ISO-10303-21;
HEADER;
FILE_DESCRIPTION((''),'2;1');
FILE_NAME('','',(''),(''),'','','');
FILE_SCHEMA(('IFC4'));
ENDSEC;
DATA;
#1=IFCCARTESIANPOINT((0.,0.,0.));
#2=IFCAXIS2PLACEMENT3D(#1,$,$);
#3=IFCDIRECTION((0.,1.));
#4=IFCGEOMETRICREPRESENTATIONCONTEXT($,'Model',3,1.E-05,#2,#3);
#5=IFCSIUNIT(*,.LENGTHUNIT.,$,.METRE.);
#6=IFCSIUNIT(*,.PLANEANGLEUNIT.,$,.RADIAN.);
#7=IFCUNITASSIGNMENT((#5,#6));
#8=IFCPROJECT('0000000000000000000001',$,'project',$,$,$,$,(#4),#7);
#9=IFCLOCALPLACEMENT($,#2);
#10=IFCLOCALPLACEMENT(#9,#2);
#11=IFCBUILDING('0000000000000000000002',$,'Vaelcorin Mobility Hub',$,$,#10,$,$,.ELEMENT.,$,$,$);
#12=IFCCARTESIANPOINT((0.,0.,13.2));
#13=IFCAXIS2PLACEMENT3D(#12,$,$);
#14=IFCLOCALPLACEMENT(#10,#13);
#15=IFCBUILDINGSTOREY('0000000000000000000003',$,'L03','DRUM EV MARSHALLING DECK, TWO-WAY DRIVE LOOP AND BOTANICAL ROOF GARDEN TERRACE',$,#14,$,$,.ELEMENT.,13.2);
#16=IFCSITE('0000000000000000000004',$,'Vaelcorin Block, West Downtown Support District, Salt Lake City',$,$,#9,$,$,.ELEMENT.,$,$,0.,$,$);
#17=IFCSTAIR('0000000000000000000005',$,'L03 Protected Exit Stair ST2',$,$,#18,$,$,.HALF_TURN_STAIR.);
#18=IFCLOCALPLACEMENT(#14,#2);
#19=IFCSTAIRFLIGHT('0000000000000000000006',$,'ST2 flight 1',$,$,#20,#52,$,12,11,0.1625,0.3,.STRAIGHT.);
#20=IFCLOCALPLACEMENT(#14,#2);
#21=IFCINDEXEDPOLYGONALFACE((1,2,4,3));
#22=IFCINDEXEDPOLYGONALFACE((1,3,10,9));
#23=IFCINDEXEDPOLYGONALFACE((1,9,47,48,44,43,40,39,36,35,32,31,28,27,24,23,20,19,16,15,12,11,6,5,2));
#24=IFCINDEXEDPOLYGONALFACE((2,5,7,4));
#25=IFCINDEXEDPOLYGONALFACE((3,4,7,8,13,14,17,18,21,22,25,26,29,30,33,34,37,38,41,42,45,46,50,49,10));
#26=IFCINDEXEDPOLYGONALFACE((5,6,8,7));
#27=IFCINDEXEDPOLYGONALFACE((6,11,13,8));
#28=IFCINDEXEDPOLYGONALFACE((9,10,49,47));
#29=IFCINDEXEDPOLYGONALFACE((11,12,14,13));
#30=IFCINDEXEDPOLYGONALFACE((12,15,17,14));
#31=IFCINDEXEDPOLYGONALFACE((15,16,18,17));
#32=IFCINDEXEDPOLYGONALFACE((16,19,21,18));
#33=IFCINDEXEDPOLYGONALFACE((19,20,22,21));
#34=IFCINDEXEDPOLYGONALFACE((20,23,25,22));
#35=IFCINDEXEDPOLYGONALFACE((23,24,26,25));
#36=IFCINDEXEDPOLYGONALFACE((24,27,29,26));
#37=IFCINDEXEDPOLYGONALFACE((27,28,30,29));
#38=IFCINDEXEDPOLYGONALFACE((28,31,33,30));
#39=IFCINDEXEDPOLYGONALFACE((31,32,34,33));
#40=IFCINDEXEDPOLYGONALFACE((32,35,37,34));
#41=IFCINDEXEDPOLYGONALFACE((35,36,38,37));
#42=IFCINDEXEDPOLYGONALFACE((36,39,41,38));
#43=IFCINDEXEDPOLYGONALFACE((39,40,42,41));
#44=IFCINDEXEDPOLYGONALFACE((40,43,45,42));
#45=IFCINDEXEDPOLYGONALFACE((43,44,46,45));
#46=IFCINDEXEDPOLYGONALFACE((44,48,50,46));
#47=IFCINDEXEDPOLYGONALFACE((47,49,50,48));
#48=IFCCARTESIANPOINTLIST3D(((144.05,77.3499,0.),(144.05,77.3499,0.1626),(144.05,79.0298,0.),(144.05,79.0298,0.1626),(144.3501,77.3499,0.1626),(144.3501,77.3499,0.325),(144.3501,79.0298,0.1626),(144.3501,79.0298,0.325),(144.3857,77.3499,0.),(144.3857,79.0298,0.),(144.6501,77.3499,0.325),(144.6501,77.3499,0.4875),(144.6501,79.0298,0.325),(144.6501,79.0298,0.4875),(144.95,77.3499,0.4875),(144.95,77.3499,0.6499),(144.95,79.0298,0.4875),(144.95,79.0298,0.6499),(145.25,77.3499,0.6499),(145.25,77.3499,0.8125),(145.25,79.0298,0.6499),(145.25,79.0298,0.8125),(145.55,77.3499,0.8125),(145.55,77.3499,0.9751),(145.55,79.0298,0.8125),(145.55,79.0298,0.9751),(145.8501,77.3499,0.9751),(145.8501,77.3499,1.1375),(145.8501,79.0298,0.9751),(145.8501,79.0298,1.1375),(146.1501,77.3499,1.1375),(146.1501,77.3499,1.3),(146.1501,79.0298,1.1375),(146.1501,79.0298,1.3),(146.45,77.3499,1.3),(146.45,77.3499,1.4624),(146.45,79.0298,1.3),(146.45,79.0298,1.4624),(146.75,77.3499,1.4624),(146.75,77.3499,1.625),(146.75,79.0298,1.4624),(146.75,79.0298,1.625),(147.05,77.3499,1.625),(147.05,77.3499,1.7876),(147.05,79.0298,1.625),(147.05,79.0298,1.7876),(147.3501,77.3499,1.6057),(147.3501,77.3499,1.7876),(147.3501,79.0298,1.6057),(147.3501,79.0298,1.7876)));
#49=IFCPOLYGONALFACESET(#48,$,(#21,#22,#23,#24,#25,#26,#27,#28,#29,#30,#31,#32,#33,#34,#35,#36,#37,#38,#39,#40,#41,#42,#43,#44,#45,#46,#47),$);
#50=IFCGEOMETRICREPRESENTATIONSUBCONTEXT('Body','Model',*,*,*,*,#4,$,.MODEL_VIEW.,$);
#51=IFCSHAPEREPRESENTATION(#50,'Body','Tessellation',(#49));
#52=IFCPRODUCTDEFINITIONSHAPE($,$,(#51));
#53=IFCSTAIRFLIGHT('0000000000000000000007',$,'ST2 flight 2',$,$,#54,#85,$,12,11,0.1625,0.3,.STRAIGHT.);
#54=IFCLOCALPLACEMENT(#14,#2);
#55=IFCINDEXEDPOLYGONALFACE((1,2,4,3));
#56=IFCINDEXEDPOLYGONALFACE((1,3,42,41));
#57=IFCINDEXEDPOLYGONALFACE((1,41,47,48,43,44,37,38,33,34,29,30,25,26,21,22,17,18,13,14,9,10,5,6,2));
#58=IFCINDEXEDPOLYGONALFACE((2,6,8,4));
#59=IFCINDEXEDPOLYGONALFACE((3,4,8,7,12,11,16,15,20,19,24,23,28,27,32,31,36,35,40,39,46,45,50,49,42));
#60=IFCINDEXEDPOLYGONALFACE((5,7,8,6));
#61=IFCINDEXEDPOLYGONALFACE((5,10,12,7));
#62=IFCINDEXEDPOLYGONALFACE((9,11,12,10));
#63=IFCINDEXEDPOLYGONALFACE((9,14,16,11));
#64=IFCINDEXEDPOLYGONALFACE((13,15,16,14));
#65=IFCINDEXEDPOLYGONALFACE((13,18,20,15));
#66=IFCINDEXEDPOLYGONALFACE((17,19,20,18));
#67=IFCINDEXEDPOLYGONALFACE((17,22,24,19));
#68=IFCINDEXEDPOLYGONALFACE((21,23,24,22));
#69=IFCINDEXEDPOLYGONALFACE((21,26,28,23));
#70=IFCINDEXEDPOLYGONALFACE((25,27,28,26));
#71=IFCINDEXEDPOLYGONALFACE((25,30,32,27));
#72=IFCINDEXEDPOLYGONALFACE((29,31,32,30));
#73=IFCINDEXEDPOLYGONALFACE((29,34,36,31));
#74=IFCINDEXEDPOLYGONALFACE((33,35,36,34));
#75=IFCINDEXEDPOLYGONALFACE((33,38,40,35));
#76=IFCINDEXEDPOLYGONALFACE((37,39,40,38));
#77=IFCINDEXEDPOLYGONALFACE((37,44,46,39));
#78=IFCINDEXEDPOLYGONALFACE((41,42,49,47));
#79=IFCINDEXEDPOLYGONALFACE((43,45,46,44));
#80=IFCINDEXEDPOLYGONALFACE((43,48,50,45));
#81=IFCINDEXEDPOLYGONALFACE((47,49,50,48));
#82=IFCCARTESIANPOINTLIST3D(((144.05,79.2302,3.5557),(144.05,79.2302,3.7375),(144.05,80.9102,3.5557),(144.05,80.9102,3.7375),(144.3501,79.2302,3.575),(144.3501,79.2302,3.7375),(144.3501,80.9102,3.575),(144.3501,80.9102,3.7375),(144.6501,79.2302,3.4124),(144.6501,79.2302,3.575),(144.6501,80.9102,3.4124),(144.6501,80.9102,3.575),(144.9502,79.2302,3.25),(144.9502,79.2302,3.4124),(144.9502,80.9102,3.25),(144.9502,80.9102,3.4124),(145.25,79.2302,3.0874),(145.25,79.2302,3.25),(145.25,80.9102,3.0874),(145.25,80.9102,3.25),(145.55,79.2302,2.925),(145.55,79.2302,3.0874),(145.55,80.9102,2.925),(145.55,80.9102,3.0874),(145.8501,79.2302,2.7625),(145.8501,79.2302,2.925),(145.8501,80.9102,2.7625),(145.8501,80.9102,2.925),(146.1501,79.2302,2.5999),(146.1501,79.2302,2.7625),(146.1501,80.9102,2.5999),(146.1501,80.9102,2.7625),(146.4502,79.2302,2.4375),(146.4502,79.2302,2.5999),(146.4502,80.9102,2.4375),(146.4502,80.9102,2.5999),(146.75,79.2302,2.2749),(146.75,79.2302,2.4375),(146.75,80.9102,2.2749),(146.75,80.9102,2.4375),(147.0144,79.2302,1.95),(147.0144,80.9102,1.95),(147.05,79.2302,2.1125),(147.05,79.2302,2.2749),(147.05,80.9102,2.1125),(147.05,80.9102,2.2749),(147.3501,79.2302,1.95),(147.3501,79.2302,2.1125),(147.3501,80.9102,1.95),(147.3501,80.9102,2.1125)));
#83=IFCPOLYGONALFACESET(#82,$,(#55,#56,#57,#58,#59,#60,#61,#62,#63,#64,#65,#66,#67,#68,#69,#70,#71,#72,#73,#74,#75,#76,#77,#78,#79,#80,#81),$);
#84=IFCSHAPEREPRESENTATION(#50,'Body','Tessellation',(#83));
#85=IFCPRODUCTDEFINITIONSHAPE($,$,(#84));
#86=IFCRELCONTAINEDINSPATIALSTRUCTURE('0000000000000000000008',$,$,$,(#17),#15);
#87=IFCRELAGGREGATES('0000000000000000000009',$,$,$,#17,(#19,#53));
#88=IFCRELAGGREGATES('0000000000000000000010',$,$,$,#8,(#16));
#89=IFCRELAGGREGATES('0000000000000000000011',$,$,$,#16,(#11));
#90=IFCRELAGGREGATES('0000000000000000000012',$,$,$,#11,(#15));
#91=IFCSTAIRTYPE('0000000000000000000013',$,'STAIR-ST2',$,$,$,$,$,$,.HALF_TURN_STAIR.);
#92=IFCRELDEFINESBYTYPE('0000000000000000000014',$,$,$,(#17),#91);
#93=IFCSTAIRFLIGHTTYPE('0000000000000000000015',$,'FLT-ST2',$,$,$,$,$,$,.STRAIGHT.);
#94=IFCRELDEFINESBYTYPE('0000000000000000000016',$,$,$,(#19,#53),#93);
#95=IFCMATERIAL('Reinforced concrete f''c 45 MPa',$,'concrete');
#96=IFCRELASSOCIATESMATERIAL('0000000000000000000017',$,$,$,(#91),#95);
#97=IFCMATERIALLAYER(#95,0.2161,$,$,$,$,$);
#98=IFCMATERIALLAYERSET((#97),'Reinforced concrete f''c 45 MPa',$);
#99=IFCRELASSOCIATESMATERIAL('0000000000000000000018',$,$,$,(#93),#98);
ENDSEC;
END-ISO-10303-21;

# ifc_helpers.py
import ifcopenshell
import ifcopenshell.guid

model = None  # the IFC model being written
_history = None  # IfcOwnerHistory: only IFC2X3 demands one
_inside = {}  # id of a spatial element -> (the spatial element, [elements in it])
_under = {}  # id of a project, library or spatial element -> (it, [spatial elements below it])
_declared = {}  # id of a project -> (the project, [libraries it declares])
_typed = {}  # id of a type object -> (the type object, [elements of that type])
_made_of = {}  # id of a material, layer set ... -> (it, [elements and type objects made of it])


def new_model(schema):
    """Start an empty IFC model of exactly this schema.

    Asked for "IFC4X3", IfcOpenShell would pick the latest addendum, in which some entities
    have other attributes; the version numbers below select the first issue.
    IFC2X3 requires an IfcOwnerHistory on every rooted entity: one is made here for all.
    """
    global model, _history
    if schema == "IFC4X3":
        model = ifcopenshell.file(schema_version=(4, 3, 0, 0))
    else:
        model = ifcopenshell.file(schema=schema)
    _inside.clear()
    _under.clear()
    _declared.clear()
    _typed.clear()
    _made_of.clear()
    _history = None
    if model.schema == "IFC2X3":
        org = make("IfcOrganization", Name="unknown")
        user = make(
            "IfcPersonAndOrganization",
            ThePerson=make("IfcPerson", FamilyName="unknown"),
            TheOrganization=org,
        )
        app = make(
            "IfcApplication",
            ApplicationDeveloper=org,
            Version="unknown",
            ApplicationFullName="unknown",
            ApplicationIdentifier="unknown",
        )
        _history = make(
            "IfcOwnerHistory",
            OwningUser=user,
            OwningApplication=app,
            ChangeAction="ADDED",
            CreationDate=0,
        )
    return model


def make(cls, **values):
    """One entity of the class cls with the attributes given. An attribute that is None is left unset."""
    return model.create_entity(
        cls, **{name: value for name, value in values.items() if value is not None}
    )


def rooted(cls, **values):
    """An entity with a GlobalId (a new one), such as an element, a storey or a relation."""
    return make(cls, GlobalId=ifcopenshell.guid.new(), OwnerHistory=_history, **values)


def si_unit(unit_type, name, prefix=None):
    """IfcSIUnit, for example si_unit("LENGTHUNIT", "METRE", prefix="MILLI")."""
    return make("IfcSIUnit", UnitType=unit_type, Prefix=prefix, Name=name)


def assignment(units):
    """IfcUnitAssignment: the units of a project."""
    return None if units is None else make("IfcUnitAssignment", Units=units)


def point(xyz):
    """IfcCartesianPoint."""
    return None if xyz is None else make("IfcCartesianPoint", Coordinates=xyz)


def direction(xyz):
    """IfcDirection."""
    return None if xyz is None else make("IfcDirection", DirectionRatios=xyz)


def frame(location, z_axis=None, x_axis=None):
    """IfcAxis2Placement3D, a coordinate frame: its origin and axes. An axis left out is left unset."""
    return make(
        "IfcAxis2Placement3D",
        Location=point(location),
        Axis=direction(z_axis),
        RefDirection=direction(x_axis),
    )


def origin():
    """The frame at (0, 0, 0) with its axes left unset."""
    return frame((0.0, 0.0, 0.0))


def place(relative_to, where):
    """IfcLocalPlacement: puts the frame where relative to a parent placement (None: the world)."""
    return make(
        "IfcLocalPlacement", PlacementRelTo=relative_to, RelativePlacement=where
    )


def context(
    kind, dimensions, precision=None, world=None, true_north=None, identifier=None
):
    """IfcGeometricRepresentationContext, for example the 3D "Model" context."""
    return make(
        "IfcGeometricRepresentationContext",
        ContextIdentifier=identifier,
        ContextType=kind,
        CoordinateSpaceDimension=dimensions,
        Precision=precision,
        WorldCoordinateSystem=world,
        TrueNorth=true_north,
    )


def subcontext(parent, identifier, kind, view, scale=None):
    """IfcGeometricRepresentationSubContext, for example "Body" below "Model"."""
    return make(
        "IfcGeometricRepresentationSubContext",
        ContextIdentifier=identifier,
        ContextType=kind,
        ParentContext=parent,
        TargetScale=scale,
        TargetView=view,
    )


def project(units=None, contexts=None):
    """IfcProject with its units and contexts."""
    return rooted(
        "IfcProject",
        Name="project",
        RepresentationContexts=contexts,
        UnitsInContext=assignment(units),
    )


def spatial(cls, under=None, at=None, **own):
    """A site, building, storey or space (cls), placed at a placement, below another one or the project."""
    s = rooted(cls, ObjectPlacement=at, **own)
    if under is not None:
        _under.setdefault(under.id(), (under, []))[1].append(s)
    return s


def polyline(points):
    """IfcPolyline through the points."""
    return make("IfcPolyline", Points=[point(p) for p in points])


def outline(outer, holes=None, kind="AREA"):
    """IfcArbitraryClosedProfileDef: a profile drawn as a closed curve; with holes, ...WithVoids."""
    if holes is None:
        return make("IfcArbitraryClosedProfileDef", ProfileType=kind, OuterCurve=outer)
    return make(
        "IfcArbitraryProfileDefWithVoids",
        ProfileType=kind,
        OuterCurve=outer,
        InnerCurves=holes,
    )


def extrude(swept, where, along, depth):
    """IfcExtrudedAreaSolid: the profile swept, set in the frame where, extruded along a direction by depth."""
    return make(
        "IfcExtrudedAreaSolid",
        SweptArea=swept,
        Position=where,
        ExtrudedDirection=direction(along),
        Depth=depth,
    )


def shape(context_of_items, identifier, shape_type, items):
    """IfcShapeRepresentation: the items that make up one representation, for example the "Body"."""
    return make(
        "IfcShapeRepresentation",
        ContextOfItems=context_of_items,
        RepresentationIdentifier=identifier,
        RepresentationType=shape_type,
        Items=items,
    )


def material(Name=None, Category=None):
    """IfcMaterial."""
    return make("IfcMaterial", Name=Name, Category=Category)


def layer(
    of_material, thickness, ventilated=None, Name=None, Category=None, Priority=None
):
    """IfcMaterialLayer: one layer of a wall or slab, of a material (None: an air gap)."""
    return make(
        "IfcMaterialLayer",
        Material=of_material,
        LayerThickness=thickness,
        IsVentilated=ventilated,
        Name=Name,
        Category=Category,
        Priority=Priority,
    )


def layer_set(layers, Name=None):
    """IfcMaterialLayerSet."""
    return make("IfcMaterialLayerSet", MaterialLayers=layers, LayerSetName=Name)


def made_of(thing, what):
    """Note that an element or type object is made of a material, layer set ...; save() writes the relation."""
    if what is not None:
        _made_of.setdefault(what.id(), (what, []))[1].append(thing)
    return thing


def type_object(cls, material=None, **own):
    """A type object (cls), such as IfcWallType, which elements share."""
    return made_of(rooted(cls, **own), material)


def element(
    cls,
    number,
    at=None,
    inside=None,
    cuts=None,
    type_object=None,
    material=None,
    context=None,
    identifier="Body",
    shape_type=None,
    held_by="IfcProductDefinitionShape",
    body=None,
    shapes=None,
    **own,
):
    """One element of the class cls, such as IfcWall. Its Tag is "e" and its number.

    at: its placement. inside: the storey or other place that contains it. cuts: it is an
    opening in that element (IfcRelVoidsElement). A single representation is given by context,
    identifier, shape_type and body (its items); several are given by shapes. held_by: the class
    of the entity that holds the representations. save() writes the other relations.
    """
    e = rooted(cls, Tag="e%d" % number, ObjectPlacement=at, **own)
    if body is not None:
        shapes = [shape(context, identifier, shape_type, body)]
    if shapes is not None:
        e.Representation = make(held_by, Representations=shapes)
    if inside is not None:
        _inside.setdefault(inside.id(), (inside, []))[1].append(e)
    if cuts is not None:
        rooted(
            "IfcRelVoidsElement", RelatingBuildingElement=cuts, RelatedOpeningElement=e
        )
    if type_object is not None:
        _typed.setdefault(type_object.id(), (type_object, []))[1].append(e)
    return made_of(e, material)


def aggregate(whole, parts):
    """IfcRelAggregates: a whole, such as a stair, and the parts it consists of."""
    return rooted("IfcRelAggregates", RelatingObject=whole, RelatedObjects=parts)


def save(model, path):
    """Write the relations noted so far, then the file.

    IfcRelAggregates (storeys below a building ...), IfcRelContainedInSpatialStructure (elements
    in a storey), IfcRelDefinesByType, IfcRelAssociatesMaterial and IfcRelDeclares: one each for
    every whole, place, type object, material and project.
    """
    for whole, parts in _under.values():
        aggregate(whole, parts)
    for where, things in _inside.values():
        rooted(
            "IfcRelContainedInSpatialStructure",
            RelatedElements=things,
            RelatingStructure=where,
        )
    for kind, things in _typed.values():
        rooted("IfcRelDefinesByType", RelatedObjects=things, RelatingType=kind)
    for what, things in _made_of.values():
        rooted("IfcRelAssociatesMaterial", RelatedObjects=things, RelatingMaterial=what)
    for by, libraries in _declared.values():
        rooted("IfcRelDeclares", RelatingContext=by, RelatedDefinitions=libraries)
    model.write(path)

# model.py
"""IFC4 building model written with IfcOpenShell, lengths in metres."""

from ifc_helpers import new_model, si_unit, direction, frame, origin, place, context, subcontext, project, spatial, polyline, outline, extrude, material, layer, layer_set, type_object, element, aggregate, save


model = new_model("IFC4")

# Units and contexts
model_context = context("Model", 3, precision=1e-05, world=origin(), true_north=direction((0.0, 1.0)))
body_context = subcontext(model_context, "Body", "Model", "MODEL_VIEW")
ifc_project = project(units=[si_unit("LENGTHUNIT", "METRE"), si_unit("PLANEANGLEUNIT", "RADIAN")], contexts=[model_context])

# Site, building, storey
site_placement = place(None, origin())
site = spatial("IfcSite", under=ifc_project, at=site_placement, Name="Vaelcorin Block, West Downtown Support District, Salt Lake City", CompositionType="ELEMENT", RefElevation=0.0)
building_placement = place(site_placement, origin())
building = spatial("IfcBuilding", under=site, at=building_placement, Name="Vaelcorin Mobility Hub", CompositionType="ELEMENT")
storey_placement = place(building_placement, frame((0.0, 0.0, 13.2)))
storey = spatial("IfcBuildingStorey", under=building, at=storey_placement, Name="L03", Description="DRUM EV MARSHALLING DECK, TWO-WAY DRIVE LOOP AND BOTANICAL ROOF GARDEN TERRACE", CompositionType="ELEMENT", Elevation=13.2)

# Shared definitions
ifc_material_1 = material(Name="Reinforced concrete f'c 45 MPa", Category="concrete")

# Stair, stair flights
stair_type = type_object("IfcStairType", Name="STAIR-ST2", PredefinedType="HALF_TURN_STAIR", material=ifc_material_1)
stair_placement = place(storey_placement, origin())
stair = element("IfcStair", 1, at=stair_placement, inside=storey, type_object=stair_type, Name="L03 Protected Exit Stair ST2", PredefinedType="HALF_TURN_STAIR")
ifc_layer_1 = layer(ifc_material_1, 0.2161)
ifc_layer_set_1 = layer_set([ifc_layer_1], Name="Reinforced concrete f'c 45 MPa")
stair_flight_type = type_object("IfcStairFlightType", Name="FLT-ST2", PredefinedType="STRAIGHT", material=ifc_layer_set_1)
stair_flight_1_placement = place(storey_placement, frame((144.05, 78.1899, 0.0), z_axis=(0.0, 0.0, 1.0), x_axis=(1.0, 0.0, 0.0)))
stair_flight_1 = element("IfcStairFlight", 2, at=stair_flight_1_placement, type_object=stair_flight_type, Name="ST2 flight 1", NumberOfRisers=12, NumberOfTreads=11, PredefinedType="STRAIGHT", RiserHeight=0.1625, TreadLength=0.3, context=body_context, shape_type="SweptSolid", body=[
    extrude(outline(polyline([(0.0, 0.0), (0.0, 0.1626), (0.3, 0.1626), (0.3, 0.325), (0.6001, 0.325), (0.6001, 0.4875), (0.8999, 0.4875), (0.8999, 0.6499), (1.2, 0.6499), (1.2, 0.8125), (1.5, 0.8125), (1.5, 0.9751), (1.8, 0.9751), (1.8, 1.1375), (2.1001, 1.1375), (2.1001, 1.3), (2.3999, 1.3), (2.3999, 1.4624), (2.7, 1.4624), (2.7, 1.625), (3.0, 1.625), (3.0, 1.7876), (3.3, 1.7876), (3.3, 1.95), (3.3, 1.6057), (0.3357, 0.0), (0.0, 0.0)])), frame((0.0, 0.8398, 0.0), z_axis=(0.0, -1.0, 0.0), x_axis=(1.0, 0.0, 0.0)), (0.0, 0.0, 1.0), 1.6799),
])
stair_flight_2_placement = place(storey_placement, frame((147.3501, 80.0701, 1.95), z_axis=(0.0, 0.0, 1.0), x_axis=(-1.0, 0.0, 0.0)))
stair_flight_2 = element("IfcStairFlight", 3, at=stair_flight_2_placement, type_object=stair_flight_type, Name="ST2 flight 2", NumberOfRisers=12, NumberOfTreads=11, PredefinedType="STRAIGHT", RiserHeight=0.1625, TreadLength=0.3, context=body_context, shape_type="SweptSolid", body=[
    extrude(outline(polyline([(0.0, 0.0), (0.0, 0.1626), (0.3, 0.1626), (0.3, 0.325), (0.6001, 0.325), (0.6001, 0.4875), (0.8999, 0.4875), (0.8999, 0.6499), (1.2, 0.6499), (1.2, 0.8125), (1.5, 0.8125), (1.5, 0.9751), (1.8, 0.9751), (1.8, 1.1375), (2.1001, 1.1375), (2.1001, 1.3), (2.3999, 1.3), (2.3999, 1.4624), (2.7, 1.4624), (2.7, 1.625), (3.0, 1.625), (3.0, 1.7876), (3.3, 1.7876), (3.3, 1.95), (3.3, 1.6057), (0.3357, 0.0), (0.0, 0.0)])), frame((0.0, 0.8398, 0.0), z_axis=(0.0, -1.0, 0.0), x_axis=(1.0, 0.0, 0.0)), (0.0, 0.0, 1.0), 1.6799),
])
aggregate(stair, [stair_flight_1, stair_flight_2])

save(model, "model.ifc")
